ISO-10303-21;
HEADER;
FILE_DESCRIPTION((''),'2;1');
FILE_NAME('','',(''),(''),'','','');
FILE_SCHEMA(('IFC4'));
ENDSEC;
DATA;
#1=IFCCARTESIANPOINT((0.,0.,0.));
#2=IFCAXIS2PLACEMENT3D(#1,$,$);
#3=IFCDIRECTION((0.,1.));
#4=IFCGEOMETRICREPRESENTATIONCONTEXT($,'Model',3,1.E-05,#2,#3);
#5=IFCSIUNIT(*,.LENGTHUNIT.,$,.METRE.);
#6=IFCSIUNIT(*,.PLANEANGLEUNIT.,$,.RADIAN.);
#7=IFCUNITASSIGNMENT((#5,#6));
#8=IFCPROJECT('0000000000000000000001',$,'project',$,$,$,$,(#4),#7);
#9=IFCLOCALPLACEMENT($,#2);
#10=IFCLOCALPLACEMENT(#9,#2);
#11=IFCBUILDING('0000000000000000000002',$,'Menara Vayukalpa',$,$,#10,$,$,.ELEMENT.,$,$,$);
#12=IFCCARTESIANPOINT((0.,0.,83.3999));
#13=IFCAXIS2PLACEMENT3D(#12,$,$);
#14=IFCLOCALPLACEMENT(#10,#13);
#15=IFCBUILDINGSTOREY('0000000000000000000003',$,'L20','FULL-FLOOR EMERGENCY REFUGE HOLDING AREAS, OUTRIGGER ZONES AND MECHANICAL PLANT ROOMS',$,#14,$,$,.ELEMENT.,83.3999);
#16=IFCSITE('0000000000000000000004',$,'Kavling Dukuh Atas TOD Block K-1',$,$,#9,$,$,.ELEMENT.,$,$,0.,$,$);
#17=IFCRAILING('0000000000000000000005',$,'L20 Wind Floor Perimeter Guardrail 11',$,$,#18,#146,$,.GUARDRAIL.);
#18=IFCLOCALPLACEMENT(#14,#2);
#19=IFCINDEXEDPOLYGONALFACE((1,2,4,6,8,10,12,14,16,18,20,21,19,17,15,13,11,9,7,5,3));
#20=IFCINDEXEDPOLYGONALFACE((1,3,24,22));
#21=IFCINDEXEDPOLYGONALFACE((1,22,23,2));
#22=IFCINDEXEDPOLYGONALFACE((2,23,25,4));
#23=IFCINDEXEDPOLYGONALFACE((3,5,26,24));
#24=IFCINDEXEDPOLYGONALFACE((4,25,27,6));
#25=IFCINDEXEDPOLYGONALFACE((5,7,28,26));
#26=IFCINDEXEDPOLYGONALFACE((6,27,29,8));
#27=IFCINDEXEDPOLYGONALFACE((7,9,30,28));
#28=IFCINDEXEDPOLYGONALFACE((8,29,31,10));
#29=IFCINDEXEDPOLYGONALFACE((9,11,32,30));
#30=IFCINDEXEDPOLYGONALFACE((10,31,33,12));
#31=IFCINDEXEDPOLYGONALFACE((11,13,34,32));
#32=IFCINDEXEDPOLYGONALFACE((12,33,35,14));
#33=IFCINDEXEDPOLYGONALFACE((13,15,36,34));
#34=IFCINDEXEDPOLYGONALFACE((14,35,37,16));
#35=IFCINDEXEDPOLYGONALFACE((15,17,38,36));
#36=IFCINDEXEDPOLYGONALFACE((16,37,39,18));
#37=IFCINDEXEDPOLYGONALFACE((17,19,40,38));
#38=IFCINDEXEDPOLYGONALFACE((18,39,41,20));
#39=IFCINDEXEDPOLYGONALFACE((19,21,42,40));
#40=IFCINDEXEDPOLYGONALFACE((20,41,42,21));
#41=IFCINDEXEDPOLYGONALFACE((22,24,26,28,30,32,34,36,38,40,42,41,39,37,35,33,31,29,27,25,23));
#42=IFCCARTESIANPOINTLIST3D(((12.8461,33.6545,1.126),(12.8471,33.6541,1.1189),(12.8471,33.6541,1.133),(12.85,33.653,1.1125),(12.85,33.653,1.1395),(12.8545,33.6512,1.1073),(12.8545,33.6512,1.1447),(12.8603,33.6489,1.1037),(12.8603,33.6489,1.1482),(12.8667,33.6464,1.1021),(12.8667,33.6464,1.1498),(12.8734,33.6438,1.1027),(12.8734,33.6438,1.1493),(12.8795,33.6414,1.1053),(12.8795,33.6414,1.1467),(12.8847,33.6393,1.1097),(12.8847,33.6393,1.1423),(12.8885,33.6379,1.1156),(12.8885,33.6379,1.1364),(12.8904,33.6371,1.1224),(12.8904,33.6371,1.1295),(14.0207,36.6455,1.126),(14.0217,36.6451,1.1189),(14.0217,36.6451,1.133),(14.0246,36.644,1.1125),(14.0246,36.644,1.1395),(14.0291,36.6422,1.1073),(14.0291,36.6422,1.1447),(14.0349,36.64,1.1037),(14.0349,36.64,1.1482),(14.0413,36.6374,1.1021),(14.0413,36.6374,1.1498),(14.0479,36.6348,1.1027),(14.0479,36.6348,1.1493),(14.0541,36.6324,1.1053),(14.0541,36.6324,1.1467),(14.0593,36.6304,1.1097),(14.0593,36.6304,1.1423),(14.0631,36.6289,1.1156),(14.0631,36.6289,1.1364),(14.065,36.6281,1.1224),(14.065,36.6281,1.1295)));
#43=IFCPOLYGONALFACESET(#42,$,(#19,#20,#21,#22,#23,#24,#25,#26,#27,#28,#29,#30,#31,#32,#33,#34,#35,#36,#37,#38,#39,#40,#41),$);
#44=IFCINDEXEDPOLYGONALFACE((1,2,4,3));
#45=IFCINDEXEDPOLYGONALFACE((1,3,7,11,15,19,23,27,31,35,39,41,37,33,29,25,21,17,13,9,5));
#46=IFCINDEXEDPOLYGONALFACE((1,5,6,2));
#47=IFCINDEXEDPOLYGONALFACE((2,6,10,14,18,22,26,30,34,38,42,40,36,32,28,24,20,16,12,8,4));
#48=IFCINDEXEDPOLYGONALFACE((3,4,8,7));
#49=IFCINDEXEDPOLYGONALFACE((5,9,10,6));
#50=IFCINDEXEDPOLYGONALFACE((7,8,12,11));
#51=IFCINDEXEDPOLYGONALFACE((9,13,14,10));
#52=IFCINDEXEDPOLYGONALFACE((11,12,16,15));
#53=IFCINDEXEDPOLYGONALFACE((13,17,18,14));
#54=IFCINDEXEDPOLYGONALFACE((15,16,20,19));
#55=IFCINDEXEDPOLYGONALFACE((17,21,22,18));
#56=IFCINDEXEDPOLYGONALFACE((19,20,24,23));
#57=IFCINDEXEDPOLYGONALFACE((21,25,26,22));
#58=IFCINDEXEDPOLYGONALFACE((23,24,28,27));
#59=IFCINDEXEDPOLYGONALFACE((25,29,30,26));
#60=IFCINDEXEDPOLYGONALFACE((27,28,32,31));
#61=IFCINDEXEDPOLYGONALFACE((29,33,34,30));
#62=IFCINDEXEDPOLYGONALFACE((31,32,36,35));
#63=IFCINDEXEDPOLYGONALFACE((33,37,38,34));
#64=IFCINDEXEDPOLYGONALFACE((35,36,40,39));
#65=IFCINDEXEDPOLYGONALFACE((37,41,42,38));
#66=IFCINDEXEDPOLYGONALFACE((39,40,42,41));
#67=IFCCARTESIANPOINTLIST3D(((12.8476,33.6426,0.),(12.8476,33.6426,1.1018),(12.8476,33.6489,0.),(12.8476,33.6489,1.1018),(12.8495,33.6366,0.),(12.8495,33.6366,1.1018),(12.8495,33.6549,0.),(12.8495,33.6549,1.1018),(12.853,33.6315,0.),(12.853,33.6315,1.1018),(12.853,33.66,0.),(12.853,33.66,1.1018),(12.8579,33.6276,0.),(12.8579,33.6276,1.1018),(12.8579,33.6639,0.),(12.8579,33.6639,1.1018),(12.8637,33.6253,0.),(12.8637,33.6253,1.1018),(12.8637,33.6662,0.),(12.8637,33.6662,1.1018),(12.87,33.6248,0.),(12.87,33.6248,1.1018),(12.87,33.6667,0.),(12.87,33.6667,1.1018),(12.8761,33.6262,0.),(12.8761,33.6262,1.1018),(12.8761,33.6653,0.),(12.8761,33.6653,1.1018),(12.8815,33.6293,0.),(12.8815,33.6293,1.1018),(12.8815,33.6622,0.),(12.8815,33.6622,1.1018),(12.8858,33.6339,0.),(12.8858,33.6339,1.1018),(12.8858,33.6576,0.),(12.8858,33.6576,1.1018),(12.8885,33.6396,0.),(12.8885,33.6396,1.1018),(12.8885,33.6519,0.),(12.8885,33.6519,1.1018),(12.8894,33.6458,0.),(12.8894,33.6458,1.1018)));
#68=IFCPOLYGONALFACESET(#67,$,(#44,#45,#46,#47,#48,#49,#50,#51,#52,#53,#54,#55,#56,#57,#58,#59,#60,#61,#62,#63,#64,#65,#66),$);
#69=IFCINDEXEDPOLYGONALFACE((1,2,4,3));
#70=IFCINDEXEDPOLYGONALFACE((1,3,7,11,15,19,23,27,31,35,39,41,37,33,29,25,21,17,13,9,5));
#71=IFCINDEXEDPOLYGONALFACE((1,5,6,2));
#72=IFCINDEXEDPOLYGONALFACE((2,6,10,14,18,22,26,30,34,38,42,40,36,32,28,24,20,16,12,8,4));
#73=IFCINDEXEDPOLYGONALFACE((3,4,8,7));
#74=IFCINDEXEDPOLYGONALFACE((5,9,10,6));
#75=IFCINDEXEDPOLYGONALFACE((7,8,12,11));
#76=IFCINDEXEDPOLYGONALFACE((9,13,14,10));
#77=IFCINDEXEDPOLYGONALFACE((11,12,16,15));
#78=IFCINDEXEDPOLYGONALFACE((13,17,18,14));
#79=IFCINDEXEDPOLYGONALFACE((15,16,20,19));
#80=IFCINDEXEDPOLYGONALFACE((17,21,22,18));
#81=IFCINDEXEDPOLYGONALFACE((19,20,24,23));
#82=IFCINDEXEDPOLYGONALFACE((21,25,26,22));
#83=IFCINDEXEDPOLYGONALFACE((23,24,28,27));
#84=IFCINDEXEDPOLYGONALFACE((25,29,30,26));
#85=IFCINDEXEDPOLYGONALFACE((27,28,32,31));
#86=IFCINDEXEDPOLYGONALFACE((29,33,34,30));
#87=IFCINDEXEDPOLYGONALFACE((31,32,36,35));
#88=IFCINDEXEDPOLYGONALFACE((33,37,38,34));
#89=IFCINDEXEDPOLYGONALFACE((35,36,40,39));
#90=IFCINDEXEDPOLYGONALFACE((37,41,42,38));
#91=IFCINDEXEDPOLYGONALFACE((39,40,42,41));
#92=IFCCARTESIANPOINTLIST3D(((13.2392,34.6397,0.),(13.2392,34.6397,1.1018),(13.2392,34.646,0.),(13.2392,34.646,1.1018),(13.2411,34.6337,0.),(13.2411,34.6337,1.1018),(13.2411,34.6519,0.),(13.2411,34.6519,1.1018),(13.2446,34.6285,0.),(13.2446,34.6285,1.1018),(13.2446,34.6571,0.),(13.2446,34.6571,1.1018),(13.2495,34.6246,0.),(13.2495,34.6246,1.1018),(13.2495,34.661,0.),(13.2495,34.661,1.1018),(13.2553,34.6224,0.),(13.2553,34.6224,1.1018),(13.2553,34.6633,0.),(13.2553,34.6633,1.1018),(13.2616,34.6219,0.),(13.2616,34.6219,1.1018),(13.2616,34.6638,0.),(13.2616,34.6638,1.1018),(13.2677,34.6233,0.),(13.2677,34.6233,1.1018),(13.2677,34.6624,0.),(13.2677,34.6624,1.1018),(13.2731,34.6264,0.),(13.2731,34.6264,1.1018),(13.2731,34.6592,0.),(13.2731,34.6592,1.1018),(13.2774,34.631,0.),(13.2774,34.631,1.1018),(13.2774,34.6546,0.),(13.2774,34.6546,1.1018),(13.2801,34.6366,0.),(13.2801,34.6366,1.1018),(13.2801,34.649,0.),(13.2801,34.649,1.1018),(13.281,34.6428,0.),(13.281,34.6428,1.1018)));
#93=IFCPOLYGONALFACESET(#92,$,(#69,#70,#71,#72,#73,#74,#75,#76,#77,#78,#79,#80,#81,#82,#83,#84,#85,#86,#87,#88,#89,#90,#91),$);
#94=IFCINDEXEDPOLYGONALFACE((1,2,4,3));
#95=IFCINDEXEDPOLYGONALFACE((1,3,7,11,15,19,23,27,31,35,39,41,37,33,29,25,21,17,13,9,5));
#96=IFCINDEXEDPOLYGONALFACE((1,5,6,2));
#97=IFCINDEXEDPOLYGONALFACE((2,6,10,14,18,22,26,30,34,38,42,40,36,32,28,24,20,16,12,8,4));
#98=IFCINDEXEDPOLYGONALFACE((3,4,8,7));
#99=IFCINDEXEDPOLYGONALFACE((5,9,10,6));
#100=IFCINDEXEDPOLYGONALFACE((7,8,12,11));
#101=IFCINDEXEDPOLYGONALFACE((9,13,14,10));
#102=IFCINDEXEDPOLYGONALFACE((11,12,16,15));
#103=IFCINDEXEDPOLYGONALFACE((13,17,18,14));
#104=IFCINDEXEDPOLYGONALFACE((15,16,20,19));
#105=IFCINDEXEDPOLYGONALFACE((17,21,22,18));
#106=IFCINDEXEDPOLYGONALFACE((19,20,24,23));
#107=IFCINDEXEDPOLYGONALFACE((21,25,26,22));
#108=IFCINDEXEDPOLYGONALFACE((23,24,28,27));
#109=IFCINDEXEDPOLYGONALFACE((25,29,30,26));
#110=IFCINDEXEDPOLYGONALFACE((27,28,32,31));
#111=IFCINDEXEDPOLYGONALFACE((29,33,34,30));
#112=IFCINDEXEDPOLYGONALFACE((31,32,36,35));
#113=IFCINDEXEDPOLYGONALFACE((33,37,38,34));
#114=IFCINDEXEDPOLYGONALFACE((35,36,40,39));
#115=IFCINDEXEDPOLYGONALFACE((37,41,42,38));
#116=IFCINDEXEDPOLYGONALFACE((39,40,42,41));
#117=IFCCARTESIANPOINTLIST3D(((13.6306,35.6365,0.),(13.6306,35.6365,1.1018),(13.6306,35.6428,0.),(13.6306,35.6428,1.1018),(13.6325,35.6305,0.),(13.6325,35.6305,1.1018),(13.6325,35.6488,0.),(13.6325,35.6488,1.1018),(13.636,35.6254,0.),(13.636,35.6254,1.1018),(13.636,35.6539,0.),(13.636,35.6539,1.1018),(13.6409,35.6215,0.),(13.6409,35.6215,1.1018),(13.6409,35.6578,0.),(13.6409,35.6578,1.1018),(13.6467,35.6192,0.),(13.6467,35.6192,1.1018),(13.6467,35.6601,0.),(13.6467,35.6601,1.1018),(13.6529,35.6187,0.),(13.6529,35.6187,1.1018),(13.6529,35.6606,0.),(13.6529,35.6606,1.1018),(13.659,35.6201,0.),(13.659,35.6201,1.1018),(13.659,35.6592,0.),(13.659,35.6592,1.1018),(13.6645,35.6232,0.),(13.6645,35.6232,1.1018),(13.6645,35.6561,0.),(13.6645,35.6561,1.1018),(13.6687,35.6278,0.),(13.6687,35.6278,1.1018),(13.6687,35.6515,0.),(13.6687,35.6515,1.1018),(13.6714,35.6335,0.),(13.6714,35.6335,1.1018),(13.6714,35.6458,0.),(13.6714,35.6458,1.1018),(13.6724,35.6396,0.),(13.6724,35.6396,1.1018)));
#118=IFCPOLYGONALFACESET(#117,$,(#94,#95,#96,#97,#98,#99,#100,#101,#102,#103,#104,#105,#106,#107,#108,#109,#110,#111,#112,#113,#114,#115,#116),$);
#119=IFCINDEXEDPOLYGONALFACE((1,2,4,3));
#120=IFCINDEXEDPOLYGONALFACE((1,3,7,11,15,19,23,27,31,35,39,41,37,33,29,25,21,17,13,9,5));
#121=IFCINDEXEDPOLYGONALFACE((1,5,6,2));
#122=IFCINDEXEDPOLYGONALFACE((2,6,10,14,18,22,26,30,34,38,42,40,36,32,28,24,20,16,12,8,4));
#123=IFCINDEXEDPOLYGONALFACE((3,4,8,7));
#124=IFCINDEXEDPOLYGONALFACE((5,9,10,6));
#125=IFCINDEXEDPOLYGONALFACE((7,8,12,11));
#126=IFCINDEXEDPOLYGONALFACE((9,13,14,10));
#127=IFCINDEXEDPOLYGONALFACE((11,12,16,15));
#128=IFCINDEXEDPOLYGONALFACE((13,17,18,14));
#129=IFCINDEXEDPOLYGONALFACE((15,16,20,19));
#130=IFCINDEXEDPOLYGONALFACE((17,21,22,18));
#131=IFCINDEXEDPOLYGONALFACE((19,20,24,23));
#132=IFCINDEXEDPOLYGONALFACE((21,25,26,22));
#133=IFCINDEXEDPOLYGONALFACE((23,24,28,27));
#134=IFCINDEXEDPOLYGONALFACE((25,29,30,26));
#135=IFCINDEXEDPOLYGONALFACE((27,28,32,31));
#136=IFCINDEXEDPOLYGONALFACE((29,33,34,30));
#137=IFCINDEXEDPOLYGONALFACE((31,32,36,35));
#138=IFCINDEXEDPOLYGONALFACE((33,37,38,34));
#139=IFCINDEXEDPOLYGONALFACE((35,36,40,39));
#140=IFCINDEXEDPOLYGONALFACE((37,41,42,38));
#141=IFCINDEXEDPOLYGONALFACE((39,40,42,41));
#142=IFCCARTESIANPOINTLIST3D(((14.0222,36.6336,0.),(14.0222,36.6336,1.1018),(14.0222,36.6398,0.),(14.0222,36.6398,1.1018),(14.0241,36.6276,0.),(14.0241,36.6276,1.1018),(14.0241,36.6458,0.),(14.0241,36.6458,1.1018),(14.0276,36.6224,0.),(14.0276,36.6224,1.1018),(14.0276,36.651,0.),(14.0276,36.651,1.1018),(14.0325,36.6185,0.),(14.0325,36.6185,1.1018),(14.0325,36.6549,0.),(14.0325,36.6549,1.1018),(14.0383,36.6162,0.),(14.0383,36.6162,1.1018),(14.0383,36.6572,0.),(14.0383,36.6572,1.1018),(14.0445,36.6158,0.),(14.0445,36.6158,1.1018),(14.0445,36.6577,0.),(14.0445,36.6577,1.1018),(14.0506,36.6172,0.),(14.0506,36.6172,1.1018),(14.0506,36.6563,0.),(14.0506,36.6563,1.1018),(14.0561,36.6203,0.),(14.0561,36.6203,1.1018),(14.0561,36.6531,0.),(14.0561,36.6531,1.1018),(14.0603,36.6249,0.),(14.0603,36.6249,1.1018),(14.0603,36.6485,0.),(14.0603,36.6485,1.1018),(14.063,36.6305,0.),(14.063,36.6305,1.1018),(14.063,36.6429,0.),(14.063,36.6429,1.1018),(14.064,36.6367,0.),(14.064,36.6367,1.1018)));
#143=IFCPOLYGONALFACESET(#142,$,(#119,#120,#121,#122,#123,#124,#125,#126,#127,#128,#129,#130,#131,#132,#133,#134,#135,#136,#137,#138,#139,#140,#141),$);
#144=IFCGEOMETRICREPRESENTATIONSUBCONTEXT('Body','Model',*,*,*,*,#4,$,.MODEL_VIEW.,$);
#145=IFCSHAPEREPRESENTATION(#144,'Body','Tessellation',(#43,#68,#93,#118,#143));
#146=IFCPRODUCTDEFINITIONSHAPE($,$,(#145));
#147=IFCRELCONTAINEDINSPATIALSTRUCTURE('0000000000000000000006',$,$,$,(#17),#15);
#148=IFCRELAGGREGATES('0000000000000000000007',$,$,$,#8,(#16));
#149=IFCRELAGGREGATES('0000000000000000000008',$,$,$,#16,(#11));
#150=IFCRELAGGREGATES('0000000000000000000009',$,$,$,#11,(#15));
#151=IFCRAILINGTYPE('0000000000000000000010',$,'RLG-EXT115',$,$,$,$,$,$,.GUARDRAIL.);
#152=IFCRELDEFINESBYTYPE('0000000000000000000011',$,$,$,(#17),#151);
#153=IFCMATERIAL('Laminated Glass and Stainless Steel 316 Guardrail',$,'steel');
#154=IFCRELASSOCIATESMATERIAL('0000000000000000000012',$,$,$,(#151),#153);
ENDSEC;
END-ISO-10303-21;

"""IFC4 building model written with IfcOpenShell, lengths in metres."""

from ifc_helpers import new_model, si_unit, direction, frame, origin, origin_2d, place, context, subcontext, project, spatial, circle, extrude, material, type_object, element, save


model = new_model("IFC4")

# Units and contexts
model_context = context("Model", 3, precision=1e-05, world=origin(), true_north=direction((0.0, 1.0)))
body_context = subcontext(model_context, "Body", "Model", "MODEL_VIEW")
ifc_project = project(units=[si_unit("LENGTHUNIT", "METRE"), si_unit("PLANEANGLEUNIT", "RADIAN")], contexts=[model_context])

# Site, building, storey
site_placement = place(None, origin())
site = spatial("IfcSite", under=ifc_project, at=site_placement, Name="Kavling Dukuh Atas TOD Block K-1", CompositionType="ELEMENT", RefElevation=0.0)
building_placement = place(site_placement, origin())
building = spatial("IfcBuilding", under=site, at=building_placement, Name="Menara Vayukalpa", CompositionType="ELEMENT")
storey_placement = place(building_placement, frame((0.0, 0.0, 83.3999)))
storey = spatial("IfcBuildingStorey", under=building, at=storey_placement, Name="L20", Description="FULL-FLOOR EMERGENCY REFUGE HOLDING AREAS, OUTRIGGER ZONES AND MECHANICAL PLANT ROOMS", CompositionType="ELEMENT", Elevation=83.3999)

# Railing
ifc_material_1 = material(Name="Laminated Glass and Stainless Steel 316 Guardrail", Category="steel")
railing_type = type_object("IfcRailingType", Name="RLG-EXT115", PredefinedType="GUARDRAIL", material=ifc_material_1)
railing_1_placement = place(storey_placement, frame((12.8684, 33.6458, 0.0)))
element("IfcRailing", 1, at=railing_1_placement, inside=storey, type_object=railing_type, Name="L20 Wind Floor Perimeter Guardrail 11", PredefinedType="GUARDRAIL", context=body_context, shape_type="SweptSolid", body=[
    extrude(circle(Radius=0.0239, at=origin_2d()), frame((0.0, 0.0, 1.126), z_axis=(0.365528, 0.9308, 0.0), x_axis=(-0.9308, 0.365528, 0.0)), (0.0, 0.0, 1.0), 3.2134),
    extrude(circle(Radius=0.021, at=origin_2d()), origin(), (0.0, 0.0, 1.0), 1.1018),
    extrude(circle(Radius=0.021, at=origin_2d()), frame((0.3916, 0.9971, 0.0)), (0.0, 0.0, 1.0), 1.1018),
    extrude(circle(Radius=0.021, at=origin_2d()), frame((0.783, 1.9939, 0.0)), (0.0, 0.0, 1.0), 1.1018),
    extrude(circle(Radius=0.021, at=origin_2d()), frame((1.1746, 2.991, 0.0)), (0.0, 0.0, 1.0), 1.1018),
])

save(model, "model.ifc")
